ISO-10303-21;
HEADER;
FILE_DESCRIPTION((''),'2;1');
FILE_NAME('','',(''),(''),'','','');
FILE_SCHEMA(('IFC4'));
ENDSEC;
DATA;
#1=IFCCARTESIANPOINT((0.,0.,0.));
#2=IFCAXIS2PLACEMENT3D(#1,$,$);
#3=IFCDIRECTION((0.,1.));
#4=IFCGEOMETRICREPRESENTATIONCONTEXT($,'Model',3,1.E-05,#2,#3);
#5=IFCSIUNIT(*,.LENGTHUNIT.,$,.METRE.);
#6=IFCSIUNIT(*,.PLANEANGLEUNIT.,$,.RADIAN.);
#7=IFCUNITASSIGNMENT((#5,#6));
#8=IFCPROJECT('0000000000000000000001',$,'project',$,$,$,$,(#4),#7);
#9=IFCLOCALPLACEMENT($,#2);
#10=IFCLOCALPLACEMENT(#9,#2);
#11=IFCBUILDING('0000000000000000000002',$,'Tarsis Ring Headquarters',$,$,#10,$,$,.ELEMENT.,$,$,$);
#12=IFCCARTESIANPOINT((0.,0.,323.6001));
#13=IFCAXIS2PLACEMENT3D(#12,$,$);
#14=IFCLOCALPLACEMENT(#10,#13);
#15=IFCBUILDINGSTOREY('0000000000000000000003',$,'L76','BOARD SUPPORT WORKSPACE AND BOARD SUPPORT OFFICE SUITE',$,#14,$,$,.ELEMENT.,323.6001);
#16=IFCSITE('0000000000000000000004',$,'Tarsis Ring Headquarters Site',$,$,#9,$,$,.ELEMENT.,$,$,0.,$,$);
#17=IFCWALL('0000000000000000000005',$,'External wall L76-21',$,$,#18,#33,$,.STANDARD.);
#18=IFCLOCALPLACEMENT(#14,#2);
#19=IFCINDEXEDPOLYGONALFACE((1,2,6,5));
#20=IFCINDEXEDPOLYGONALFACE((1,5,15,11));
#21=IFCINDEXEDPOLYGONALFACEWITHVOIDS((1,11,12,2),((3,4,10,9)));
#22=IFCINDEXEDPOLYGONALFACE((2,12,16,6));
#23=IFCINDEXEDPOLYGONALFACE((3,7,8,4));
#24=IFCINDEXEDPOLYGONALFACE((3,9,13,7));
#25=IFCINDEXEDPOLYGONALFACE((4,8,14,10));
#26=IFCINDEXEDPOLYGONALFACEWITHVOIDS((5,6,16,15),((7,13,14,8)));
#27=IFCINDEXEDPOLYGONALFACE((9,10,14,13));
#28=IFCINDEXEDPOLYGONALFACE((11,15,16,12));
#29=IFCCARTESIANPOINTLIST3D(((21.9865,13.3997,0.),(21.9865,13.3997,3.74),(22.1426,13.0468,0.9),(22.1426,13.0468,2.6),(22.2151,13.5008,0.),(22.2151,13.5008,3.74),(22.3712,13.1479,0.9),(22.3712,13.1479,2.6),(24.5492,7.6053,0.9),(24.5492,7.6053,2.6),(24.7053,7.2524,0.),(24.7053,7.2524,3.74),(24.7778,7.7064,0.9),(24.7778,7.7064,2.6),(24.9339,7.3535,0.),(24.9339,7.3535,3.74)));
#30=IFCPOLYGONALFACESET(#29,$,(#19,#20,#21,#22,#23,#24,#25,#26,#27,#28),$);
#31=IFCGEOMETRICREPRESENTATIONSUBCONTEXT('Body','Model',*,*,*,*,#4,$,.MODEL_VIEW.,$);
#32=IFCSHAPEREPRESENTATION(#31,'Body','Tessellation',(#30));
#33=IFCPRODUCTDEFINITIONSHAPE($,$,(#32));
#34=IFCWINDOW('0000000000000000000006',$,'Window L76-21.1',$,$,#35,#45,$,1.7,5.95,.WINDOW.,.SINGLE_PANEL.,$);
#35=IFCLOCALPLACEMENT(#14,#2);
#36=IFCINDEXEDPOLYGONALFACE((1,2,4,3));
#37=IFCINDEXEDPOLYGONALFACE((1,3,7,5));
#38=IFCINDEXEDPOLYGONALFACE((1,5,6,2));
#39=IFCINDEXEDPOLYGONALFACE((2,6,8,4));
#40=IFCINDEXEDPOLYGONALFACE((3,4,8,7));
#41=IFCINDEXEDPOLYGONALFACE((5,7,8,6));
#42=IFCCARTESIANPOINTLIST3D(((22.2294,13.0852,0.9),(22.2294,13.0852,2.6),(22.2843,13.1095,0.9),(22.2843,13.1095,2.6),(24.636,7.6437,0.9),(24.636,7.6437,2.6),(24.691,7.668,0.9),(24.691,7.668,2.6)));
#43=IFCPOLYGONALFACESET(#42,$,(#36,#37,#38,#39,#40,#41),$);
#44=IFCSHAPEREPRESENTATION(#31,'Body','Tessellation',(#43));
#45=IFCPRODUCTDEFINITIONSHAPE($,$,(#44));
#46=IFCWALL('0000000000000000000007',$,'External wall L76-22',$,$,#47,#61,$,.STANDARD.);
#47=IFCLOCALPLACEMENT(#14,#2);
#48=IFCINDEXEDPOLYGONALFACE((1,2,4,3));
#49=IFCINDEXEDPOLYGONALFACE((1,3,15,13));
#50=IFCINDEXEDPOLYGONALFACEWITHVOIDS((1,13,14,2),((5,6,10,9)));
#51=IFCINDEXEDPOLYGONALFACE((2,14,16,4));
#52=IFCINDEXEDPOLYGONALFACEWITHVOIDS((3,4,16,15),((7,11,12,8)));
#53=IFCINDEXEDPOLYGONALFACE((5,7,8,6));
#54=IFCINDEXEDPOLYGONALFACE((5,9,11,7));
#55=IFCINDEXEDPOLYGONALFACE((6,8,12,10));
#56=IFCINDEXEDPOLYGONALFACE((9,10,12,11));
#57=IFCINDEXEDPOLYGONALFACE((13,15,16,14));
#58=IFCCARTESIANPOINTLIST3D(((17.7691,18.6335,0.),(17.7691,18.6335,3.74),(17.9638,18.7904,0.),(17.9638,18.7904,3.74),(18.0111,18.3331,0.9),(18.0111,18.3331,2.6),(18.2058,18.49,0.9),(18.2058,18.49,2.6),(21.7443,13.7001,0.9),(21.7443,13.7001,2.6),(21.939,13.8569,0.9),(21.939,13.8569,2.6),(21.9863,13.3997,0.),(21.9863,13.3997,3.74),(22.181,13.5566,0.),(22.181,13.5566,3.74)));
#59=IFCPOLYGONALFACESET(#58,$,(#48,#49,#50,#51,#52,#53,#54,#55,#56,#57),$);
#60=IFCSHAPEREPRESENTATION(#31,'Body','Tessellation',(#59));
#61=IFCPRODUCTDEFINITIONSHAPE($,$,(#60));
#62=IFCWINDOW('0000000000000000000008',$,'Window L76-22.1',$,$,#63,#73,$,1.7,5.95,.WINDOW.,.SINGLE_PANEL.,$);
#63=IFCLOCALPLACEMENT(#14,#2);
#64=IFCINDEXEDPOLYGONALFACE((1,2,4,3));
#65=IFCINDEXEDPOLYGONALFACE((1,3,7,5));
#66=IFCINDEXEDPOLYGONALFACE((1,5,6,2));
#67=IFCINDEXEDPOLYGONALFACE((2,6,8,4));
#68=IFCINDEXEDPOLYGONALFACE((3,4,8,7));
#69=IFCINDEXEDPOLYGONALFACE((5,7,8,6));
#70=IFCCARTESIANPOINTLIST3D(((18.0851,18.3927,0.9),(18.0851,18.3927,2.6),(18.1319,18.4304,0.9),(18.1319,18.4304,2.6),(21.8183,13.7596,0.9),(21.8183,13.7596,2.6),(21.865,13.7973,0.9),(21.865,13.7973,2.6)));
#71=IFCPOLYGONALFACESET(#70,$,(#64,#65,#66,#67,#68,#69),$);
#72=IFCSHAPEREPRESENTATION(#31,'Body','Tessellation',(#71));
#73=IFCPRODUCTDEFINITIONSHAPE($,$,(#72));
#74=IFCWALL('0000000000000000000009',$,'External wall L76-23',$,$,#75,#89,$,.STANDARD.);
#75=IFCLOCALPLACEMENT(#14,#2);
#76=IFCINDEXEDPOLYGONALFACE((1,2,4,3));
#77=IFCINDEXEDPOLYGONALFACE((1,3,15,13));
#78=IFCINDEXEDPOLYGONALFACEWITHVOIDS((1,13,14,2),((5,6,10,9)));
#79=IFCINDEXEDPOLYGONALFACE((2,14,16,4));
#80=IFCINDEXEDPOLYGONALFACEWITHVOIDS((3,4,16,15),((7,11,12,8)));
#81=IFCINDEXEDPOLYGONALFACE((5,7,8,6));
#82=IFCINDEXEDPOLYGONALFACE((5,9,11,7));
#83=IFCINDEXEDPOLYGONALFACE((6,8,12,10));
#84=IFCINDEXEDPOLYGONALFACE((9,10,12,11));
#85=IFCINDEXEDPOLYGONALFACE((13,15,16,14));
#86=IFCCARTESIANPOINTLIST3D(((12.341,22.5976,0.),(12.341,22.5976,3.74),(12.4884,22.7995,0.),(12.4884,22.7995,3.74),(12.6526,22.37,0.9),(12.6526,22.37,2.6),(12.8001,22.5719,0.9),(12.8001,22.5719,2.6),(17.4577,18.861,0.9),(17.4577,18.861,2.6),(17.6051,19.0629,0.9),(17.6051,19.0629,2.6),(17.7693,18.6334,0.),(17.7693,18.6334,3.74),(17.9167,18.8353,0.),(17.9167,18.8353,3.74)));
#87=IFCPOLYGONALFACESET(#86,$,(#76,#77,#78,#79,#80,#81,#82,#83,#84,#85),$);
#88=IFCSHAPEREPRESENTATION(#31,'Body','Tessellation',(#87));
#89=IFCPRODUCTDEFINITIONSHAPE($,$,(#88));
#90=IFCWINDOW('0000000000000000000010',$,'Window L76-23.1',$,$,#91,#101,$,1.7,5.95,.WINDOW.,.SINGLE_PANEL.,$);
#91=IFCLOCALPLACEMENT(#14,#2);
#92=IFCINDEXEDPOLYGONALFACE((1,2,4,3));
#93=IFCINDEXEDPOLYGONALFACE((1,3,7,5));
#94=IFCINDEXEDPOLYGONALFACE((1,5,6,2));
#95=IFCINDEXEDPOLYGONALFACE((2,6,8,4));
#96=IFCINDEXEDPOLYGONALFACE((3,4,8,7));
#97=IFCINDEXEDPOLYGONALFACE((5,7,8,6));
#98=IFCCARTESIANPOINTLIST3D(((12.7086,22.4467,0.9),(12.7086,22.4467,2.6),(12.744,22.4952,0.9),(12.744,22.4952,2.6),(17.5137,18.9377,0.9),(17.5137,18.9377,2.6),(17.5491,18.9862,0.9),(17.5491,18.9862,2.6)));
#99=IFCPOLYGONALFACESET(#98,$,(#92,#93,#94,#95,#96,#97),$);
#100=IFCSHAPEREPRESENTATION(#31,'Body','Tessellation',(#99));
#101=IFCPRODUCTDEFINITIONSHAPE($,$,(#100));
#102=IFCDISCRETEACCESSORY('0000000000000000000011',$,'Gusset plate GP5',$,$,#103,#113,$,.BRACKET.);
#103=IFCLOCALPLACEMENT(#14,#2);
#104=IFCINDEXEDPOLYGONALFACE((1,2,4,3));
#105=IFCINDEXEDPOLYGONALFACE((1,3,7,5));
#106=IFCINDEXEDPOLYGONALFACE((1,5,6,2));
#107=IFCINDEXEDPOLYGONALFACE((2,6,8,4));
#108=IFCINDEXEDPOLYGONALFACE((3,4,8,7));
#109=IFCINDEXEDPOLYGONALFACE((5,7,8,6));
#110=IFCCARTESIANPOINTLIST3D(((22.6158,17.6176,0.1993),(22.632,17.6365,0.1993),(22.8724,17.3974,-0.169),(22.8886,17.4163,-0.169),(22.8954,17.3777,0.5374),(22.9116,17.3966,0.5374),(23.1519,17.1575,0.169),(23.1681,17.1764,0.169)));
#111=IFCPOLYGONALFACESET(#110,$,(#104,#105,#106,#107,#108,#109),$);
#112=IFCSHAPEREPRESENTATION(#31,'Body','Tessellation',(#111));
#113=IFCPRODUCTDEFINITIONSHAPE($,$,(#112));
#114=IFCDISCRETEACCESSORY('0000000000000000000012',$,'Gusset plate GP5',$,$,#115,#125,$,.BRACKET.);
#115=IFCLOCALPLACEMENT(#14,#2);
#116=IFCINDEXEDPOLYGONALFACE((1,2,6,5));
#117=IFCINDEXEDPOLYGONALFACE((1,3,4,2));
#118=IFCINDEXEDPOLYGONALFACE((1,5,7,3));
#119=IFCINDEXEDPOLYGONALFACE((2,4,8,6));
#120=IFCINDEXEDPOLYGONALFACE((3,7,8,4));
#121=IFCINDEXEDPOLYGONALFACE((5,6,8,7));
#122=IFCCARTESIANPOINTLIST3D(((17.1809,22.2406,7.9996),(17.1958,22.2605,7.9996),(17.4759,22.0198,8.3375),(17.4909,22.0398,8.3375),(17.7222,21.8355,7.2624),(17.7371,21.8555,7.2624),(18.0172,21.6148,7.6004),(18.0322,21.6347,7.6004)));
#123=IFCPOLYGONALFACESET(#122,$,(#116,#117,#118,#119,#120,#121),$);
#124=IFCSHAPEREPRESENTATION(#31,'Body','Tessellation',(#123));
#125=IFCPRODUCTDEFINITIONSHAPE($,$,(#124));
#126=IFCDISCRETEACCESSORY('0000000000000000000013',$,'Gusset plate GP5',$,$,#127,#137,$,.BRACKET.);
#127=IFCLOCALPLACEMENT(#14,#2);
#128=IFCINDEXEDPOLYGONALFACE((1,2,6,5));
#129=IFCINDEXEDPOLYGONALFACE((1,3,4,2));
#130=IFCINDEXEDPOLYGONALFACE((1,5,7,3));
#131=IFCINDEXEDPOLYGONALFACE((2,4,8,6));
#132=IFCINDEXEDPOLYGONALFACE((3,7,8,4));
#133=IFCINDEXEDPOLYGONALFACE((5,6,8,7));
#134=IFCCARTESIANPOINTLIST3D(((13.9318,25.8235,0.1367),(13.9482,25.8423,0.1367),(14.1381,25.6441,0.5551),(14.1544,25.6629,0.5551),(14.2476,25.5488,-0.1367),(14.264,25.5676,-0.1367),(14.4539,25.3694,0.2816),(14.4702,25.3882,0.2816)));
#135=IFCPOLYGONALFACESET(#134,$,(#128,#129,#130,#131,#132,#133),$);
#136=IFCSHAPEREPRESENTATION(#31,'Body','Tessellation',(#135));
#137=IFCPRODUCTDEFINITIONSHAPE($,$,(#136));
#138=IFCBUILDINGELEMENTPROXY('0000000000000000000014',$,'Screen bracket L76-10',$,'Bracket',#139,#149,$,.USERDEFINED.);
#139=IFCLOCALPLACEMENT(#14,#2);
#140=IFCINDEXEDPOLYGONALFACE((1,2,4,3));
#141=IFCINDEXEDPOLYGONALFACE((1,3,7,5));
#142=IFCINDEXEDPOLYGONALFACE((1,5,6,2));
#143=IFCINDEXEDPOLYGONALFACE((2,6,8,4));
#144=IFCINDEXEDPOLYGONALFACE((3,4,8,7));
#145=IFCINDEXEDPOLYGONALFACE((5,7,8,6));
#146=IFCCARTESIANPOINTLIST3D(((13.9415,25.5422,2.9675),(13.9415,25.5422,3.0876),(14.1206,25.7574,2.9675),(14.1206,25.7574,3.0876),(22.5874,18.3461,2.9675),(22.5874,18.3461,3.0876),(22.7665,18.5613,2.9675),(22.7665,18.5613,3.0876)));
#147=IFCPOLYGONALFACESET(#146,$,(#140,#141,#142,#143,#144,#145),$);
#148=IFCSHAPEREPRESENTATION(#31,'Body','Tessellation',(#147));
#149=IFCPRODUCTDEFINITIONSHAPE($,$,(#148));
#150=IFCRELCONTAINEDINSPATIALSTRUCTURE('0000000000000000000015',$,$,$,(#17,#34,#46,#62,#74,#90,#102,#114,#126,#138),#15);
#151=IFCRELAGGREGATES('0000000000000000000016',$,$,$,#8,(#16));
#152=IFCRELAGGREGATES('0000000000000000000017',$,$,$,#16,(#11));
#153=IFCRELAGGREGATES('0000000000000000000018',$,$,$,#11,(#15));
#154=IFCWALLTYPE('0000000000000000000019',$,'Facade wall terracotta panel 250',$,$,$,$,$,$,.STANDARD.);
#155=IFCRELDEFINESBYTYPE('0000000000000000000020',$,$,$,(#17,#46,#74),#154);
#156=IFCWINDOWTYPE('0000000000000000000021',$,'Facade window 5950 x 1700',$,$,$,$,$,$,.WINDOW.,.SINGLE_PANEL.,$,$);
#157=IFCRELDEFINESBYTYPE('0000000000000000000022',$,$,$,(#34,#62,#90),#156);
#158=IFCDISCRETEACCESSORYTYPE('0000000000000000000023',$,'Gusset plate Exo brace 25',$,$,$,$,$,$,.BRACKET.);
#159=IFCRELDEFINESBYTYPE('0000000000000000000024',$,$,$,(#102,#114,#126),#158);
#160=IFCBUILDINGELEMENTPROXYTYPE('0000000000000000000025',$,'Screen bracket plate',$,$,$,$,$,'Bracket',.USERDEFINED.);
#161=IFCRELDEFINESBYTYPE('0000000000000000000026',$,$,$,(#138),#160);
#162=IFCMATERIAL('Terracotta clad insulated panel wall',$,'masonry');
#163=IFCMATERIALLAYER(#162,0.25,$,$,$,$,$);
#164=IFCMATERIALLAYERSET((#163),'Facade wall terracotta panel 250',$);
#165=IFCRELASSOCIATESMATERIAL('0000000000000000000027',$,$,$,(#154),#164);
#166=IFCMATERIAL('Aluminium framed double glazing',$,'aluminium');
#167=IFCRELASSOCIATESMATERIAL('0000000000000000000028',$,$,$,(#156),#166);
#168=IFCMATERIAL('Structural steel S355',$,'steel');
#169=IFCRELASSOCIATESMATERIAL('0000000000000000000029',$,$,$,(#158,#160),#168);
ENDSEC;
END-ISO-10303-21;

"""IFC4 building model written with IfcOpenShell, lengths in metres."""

from ifc_helpers import new_model, si_unit, direction, frame, frame_2d, origin, origin_2d, place, context, subcontext, project, spatial, rectangle, extrude, material, layer, layer_set, material_profile, profile_set, type_object, element, fill, save


model = new_model("IFC4")

# Units and contexts
model_context = context("Model", 3, precision=1e-05, world=origin(), true_north=direction((0.0, 1.0)))
body_context = subcontext(model_context, "Body", "Model", "MODEL_VIEW")
ifc_project = project(units=[si_unit("LENGTHUNIT", "METRE"), si_unit("PLANEANGLEUNIT", "RADIAN")], contexts=[model_context])

# Site, building, storey
site_placement = place(None, origin())
site = spatial("IfcSite", under=ifc_project, at=site_placement, Name="Tarsis Ring Headquarters Site", CompositionType="ELEMENT", RefElevation=0.0)
building_placement = place(site_placement, origin())
building = spatial("IfcBuilding", under=site, at=building_placement, Name="Tarsis Ring Headquarters", CompositionType="ELEMENT")
storey_placement = place(building_placement, frame((0.0, 0.0, 323.6001)))
storey = spatial("IfcBuildingStorey", under=building, at=storey_placement, Name="L76", Description="BOARD SUPPORT WORKSPACE AND BOARD SUPPORT OFFICE SUITE", CompositionType="ELEMENT", Elevation=323.6001)

# Shared definitions
ifc_material_1 = material(Name="Structural steel S355", Category="steel")

# Walls, openings, windows
ifc_material_2 = material(Name="Terracotta clad insulated panel wall", Category="masonry")
ifc_layer_1 = layer(ifc_material_2, 0.25)
ifc_layer_set_1 = layer_set([ifc_layer_1], Name="Facade wall terracotta panel 250")
wall_type_1 = type_object("IfcWallType", Name="Facade wall terracotta panel 250", PredefinedType="STANDARD", material=ifc_layer_set_1)
wall_1_placement = place(storey_placement, frame((24.8196, 7.303, 0.0), z_axis=(0.0, 0.0, 1.0), x_axis=(-0.40448, 0.914547, 0.0)))
wall_1 = element("IfcWall", 1, at=wall_1_placement, inside=storey, type_object=wall_type_1, Name="External wall L76-21", PredefinedType="STANDARD", context=body_context, shape_type="SweptSolid", body=[
    extrude(rectangle(XDim=6.7217, YDim=0.25, at=frame_2d((3.3608, 0.0))), origin(), (0.0, 0.0, 1.0), 3.74),
])
opening_1_placement = place(wall_1_placement, frame((0.3857, 0.0, 0.8999)))
opening_1 = element("IfcOpeningElement", 2, at=opening_1_placement, cuts=wall_1, PredefinedType="OPENING", context=body_context, shape_type="SweptSolid", body=[
    extrude(rectangle(XDim=5.95, YDim=1.7, at=frame_2d((2.9751, 0.8501))), frame((0.0, 0.135, 0.0), z_axis=(0.0, -1.0, 0.0), x_axis=(1.0, 0.0, 0.0)), (0.0, 0.0, 1.0), 0.27),
])
ifc_material_3 = material(Name="Aluminium framed double glazing", Category="aluminium")
window_type = type_object("IfcWindowType", Name="Facade window 5950 x 1700", PartitioningType="SINGLE_PANEL", PredefinedType="WINDOW", material=ifc_material_3)
window_1_placement = place(opening_1_placement, origin())
window_1 = element("IfcWindow", 3, at=window_1_placement, inside=storey, type_object=window_type, Name="Window L76-21.1", OverallHeight=1.7, OverallWidth=5.95, PartitioningType="SINGLE_PANEL", PredefinedType="WINDOW", context=body_context, shape_type="SweptSolid", body=[
    extrude(rectangle(XDim=5.95, YDim=1.7, at=frame_2d((2.9751, 0.8501))), frame((0.0, 0.03, 0.0), z_axis=(0.0, -1.0, 0.0), x_axis=(1.0, 0.0, 0.0)), (0.0, 0.0, 1.0), 0.0601),
])
fill(opening_1, window_1)
wall_2_placement = place(storey_placement, frame((22.0837, 13.478, 0.0), z_axis=(0.0, 0.0, 1.0), x_axis=(-0.627429, 0.778674, 0.0)))
wall_2 = element("IfcWall", 4, at=wall_2_placement, inside=storey, type_object=wall_type_1, Name="External wall L76-22", PredefinedType="STANDARD", context=body_context, shape_type="SweptSolid", body=[
    extrude(rectangle(XDim=6.7214, YDim=0.25, at=frame_2d((3.3608, 0.0))), origin(), (0.0, 0.0, 1.0), 3.74),
])
opening_2_placement = place(wall_2_placement, frame((0.3857, 0.0, 0.8999)))
opening_2 = element("IfcOpeningElement", 5, at=opening_2_placement, cuts=wall_2, PredefinedType="OPENING", context=body_context, shape_type="SweptSolid", body=[
    extrude(rectangle(XDim=5.95, YDim=1.7, at=frame_2d((2.9751, 0.8501))), frame((0.0, 0.135, 0.0), z_axis=(0.0, -1.0, 0.0), x_axis=(1.0, 0.0, 0.0)), (0.0, 0.0, 1.0), 0.27),
])
window_2_placement = place(opening_2_placement, origin())
window_2 = element("IfcWindow", 6, at=window_2_placement, inside=storey, type_object=window_type, Name="Window L76-22.1", OverallHeight=1.7, OverallWidth=5.95, PartitioningType="SINGLE_PANEL", PredefinedType="WINDOW", context=body_context, shape_type="SweptSolid", body=[
    extrude(rectangle(XDim=5.95, YDim=1.7, at=frame_2d((2.9751, 0.8501))), frame((0.0, 0.03, 0.0), z_axis=(0.0, -1.0, 0.0), x_axis=(1.0, 0.0, 0.0)), (0.0, 0.0, 1.0), 0.0601),
])
fill(opening_2, window_2)
wall_3_placement = place(storey_placement, frame((17.843, 18.7344, 0.0), z_axis=(0.0, 0.0, 1.0), x_axis=(-0.80758, 0.589758, 0.0)))
wall_3 = element("IfcWall", 7, at=wall_3_placement, inside=storey, type_object=wall_type_1, Name="External wall L76-23", PredefinedType="STANDARD", context=body_context, shape_type="SweptSolid", body=[
    extrude(rectangle(XDim=6.7217, YDim=0.25, at=frame_2d((3.3608, 0.0))), origin(), (0.0, 0.0, 1.0), 3.74),
])
opening_3_placement = place(wall_3_placement, frame((0.3857, 0.0, 0.8999)))
opening_3 = element("IfcOpeningElement", 8, at=opening_3_placement, cuts=wall_3, PredefinedType="OPENING", context=body_context, shape_type="SweptSolid", body=[
    extrude(rectangle(XDim=5.95, YDim=1.7, at=frame_2d((2.9751, 0.8501))), frame((0.0, 0.135, 0.0), z_axis=(0.0, -1.0, 0.0), x_axis=(1.0, 0.0, 0.0)), (0.0, 0.0, 1.0), 0.27),
])
window_3_placement = place(opening_3_placement, origin())
window_3 = element("IfcWindow", 9, at=window_3_placement, inside=storey, type_object=window_type, Name="Window L76-23.1", OverallHeight=1.7, OverallWidth=5.95, PartitioningType="SINGLE_PANEL", PredefinedType="WINDOW", context=body_context, shape_type="SweptSolid", body=[
    extrude(rectangle(XDim=5.95, YDim=1.7, at=frame_2d((2.9751, 0.8501))), frame((0.0, 0.03, 0.0), z_axis=(0.0, -1.0, 0.0), x_axis=(1.0, 0.0, 0.0)), (0.0, 0.0, 1.0), 0.0601),
])
fill(opening_3, window_3)

# Discrete accessories
ifc_material_profile_1 = material_profile(ifc_material_1, rectangle(XDim=0.0249, YDim=0.5, at=origin_2d()), Name="PL 25x500")
ifc_profile_set_1 = profile_set([ifc_material_profile_1], Name="Structural steel S355")
discrete_accessory_type = type_object("IfcDiscreteAccessoryType", Name="Gusset plate Exo brace 25", PredefinedType="BRACKET", material=ifc_profile_set_1)
discrete_accessory_1_placement = place(storey_placement, frame((23.0203, 17.2869, 0.0), z_axis=(-0.513124, 0.440378, 0.73673), x_axis=(-0.651267, -0.758849, 0.0)))
element("IfcDiscreteAccessory", 10, at=discrete_accessory_1_placement, inside=storey, type_object=discrete_accessory_type, Name="Gusset plate GP5", PredefinedType="BRACKET", context=body_context, shape_type="SweptSolid", body=[
    extrude(rectangle(XDim=0.0249, YDim=0.5, at=origin_2d()), origin(), (0.0, 0.0, 1.0), 0.5),
])
discrete_accessory_2_placement = place(storey_placement, frame((17.8772, 21.7351, 7.4314), z_axis=(-0.541187, 0.404975, 0.736961), x_axis=(-0.599133, -0.80065, 0.0)))
element("IfcDiscreteAccessory", 11, at=discrete_accessory_2_placement, inside=storey, type_object=discrete_accessory_type, Name="Gusset plate GP5", PredefinedType="BRACKET", context=body_context, shape_type="SweptSolid", body=[
    extrude(rectangle(XDim=0.0249, YDim=0.5, at=origin_2d()), origin(), (0.0, 0.0, 1.0), 1.0002),
])
discrete_accessory_3_placement = place(storey_placement, frame((14.0979, 25.6956, 0.0), z_axis=(0.412709, -0.358983, 0.837139), x_axis=(0.656289, 0.754509, 0.0)))
element("IfcDiscreteAccessory", 12, at=discrete_accessory_3_placement, inside=storey, type_object=discrete_accessory_type, Name="Gusset plate GP5", PredefinedType="BRACKET", context=body_context, shape_type="SweptSolid", body=[
    extrude(rectangle(XDim=0.0249, YDim=0.5, at=origin_2d()), origin(), (0.0, 0.0, 1.0), 0.4998),
])

# Building element proxy
building_element_proxy_type = type_object("IfcBuildingElementProxyType", Name="Screen bracket plate", ElementType="Bracket", PredefinedType="USERDEFINED", material=ifc_material_1)
proxy_placement = place(storey_placement, frame((18.354, 22.0518, 2.9675), z_axis=(0.0, 0.0, 1.0), x_axis=(-0.768605, 0.639724, 0.0)))
element("IfcBuildingElementProxy", 13, at=proxy_placement, inside=storey, type_object=building_element_proxy_type, Name="Screen bracket L76-10", ObjectType="Bracket", PredefinedType="USERDEFINED", context=body_context, shape_type="SweptSolid", body=[
    extrude(rectangle(XDim=11.2488, YDim=0.28, at=origin_2d()), origin(), (0.0, 0.0, 1.0), 0.1201),
])

save(model, "model.ifc")
